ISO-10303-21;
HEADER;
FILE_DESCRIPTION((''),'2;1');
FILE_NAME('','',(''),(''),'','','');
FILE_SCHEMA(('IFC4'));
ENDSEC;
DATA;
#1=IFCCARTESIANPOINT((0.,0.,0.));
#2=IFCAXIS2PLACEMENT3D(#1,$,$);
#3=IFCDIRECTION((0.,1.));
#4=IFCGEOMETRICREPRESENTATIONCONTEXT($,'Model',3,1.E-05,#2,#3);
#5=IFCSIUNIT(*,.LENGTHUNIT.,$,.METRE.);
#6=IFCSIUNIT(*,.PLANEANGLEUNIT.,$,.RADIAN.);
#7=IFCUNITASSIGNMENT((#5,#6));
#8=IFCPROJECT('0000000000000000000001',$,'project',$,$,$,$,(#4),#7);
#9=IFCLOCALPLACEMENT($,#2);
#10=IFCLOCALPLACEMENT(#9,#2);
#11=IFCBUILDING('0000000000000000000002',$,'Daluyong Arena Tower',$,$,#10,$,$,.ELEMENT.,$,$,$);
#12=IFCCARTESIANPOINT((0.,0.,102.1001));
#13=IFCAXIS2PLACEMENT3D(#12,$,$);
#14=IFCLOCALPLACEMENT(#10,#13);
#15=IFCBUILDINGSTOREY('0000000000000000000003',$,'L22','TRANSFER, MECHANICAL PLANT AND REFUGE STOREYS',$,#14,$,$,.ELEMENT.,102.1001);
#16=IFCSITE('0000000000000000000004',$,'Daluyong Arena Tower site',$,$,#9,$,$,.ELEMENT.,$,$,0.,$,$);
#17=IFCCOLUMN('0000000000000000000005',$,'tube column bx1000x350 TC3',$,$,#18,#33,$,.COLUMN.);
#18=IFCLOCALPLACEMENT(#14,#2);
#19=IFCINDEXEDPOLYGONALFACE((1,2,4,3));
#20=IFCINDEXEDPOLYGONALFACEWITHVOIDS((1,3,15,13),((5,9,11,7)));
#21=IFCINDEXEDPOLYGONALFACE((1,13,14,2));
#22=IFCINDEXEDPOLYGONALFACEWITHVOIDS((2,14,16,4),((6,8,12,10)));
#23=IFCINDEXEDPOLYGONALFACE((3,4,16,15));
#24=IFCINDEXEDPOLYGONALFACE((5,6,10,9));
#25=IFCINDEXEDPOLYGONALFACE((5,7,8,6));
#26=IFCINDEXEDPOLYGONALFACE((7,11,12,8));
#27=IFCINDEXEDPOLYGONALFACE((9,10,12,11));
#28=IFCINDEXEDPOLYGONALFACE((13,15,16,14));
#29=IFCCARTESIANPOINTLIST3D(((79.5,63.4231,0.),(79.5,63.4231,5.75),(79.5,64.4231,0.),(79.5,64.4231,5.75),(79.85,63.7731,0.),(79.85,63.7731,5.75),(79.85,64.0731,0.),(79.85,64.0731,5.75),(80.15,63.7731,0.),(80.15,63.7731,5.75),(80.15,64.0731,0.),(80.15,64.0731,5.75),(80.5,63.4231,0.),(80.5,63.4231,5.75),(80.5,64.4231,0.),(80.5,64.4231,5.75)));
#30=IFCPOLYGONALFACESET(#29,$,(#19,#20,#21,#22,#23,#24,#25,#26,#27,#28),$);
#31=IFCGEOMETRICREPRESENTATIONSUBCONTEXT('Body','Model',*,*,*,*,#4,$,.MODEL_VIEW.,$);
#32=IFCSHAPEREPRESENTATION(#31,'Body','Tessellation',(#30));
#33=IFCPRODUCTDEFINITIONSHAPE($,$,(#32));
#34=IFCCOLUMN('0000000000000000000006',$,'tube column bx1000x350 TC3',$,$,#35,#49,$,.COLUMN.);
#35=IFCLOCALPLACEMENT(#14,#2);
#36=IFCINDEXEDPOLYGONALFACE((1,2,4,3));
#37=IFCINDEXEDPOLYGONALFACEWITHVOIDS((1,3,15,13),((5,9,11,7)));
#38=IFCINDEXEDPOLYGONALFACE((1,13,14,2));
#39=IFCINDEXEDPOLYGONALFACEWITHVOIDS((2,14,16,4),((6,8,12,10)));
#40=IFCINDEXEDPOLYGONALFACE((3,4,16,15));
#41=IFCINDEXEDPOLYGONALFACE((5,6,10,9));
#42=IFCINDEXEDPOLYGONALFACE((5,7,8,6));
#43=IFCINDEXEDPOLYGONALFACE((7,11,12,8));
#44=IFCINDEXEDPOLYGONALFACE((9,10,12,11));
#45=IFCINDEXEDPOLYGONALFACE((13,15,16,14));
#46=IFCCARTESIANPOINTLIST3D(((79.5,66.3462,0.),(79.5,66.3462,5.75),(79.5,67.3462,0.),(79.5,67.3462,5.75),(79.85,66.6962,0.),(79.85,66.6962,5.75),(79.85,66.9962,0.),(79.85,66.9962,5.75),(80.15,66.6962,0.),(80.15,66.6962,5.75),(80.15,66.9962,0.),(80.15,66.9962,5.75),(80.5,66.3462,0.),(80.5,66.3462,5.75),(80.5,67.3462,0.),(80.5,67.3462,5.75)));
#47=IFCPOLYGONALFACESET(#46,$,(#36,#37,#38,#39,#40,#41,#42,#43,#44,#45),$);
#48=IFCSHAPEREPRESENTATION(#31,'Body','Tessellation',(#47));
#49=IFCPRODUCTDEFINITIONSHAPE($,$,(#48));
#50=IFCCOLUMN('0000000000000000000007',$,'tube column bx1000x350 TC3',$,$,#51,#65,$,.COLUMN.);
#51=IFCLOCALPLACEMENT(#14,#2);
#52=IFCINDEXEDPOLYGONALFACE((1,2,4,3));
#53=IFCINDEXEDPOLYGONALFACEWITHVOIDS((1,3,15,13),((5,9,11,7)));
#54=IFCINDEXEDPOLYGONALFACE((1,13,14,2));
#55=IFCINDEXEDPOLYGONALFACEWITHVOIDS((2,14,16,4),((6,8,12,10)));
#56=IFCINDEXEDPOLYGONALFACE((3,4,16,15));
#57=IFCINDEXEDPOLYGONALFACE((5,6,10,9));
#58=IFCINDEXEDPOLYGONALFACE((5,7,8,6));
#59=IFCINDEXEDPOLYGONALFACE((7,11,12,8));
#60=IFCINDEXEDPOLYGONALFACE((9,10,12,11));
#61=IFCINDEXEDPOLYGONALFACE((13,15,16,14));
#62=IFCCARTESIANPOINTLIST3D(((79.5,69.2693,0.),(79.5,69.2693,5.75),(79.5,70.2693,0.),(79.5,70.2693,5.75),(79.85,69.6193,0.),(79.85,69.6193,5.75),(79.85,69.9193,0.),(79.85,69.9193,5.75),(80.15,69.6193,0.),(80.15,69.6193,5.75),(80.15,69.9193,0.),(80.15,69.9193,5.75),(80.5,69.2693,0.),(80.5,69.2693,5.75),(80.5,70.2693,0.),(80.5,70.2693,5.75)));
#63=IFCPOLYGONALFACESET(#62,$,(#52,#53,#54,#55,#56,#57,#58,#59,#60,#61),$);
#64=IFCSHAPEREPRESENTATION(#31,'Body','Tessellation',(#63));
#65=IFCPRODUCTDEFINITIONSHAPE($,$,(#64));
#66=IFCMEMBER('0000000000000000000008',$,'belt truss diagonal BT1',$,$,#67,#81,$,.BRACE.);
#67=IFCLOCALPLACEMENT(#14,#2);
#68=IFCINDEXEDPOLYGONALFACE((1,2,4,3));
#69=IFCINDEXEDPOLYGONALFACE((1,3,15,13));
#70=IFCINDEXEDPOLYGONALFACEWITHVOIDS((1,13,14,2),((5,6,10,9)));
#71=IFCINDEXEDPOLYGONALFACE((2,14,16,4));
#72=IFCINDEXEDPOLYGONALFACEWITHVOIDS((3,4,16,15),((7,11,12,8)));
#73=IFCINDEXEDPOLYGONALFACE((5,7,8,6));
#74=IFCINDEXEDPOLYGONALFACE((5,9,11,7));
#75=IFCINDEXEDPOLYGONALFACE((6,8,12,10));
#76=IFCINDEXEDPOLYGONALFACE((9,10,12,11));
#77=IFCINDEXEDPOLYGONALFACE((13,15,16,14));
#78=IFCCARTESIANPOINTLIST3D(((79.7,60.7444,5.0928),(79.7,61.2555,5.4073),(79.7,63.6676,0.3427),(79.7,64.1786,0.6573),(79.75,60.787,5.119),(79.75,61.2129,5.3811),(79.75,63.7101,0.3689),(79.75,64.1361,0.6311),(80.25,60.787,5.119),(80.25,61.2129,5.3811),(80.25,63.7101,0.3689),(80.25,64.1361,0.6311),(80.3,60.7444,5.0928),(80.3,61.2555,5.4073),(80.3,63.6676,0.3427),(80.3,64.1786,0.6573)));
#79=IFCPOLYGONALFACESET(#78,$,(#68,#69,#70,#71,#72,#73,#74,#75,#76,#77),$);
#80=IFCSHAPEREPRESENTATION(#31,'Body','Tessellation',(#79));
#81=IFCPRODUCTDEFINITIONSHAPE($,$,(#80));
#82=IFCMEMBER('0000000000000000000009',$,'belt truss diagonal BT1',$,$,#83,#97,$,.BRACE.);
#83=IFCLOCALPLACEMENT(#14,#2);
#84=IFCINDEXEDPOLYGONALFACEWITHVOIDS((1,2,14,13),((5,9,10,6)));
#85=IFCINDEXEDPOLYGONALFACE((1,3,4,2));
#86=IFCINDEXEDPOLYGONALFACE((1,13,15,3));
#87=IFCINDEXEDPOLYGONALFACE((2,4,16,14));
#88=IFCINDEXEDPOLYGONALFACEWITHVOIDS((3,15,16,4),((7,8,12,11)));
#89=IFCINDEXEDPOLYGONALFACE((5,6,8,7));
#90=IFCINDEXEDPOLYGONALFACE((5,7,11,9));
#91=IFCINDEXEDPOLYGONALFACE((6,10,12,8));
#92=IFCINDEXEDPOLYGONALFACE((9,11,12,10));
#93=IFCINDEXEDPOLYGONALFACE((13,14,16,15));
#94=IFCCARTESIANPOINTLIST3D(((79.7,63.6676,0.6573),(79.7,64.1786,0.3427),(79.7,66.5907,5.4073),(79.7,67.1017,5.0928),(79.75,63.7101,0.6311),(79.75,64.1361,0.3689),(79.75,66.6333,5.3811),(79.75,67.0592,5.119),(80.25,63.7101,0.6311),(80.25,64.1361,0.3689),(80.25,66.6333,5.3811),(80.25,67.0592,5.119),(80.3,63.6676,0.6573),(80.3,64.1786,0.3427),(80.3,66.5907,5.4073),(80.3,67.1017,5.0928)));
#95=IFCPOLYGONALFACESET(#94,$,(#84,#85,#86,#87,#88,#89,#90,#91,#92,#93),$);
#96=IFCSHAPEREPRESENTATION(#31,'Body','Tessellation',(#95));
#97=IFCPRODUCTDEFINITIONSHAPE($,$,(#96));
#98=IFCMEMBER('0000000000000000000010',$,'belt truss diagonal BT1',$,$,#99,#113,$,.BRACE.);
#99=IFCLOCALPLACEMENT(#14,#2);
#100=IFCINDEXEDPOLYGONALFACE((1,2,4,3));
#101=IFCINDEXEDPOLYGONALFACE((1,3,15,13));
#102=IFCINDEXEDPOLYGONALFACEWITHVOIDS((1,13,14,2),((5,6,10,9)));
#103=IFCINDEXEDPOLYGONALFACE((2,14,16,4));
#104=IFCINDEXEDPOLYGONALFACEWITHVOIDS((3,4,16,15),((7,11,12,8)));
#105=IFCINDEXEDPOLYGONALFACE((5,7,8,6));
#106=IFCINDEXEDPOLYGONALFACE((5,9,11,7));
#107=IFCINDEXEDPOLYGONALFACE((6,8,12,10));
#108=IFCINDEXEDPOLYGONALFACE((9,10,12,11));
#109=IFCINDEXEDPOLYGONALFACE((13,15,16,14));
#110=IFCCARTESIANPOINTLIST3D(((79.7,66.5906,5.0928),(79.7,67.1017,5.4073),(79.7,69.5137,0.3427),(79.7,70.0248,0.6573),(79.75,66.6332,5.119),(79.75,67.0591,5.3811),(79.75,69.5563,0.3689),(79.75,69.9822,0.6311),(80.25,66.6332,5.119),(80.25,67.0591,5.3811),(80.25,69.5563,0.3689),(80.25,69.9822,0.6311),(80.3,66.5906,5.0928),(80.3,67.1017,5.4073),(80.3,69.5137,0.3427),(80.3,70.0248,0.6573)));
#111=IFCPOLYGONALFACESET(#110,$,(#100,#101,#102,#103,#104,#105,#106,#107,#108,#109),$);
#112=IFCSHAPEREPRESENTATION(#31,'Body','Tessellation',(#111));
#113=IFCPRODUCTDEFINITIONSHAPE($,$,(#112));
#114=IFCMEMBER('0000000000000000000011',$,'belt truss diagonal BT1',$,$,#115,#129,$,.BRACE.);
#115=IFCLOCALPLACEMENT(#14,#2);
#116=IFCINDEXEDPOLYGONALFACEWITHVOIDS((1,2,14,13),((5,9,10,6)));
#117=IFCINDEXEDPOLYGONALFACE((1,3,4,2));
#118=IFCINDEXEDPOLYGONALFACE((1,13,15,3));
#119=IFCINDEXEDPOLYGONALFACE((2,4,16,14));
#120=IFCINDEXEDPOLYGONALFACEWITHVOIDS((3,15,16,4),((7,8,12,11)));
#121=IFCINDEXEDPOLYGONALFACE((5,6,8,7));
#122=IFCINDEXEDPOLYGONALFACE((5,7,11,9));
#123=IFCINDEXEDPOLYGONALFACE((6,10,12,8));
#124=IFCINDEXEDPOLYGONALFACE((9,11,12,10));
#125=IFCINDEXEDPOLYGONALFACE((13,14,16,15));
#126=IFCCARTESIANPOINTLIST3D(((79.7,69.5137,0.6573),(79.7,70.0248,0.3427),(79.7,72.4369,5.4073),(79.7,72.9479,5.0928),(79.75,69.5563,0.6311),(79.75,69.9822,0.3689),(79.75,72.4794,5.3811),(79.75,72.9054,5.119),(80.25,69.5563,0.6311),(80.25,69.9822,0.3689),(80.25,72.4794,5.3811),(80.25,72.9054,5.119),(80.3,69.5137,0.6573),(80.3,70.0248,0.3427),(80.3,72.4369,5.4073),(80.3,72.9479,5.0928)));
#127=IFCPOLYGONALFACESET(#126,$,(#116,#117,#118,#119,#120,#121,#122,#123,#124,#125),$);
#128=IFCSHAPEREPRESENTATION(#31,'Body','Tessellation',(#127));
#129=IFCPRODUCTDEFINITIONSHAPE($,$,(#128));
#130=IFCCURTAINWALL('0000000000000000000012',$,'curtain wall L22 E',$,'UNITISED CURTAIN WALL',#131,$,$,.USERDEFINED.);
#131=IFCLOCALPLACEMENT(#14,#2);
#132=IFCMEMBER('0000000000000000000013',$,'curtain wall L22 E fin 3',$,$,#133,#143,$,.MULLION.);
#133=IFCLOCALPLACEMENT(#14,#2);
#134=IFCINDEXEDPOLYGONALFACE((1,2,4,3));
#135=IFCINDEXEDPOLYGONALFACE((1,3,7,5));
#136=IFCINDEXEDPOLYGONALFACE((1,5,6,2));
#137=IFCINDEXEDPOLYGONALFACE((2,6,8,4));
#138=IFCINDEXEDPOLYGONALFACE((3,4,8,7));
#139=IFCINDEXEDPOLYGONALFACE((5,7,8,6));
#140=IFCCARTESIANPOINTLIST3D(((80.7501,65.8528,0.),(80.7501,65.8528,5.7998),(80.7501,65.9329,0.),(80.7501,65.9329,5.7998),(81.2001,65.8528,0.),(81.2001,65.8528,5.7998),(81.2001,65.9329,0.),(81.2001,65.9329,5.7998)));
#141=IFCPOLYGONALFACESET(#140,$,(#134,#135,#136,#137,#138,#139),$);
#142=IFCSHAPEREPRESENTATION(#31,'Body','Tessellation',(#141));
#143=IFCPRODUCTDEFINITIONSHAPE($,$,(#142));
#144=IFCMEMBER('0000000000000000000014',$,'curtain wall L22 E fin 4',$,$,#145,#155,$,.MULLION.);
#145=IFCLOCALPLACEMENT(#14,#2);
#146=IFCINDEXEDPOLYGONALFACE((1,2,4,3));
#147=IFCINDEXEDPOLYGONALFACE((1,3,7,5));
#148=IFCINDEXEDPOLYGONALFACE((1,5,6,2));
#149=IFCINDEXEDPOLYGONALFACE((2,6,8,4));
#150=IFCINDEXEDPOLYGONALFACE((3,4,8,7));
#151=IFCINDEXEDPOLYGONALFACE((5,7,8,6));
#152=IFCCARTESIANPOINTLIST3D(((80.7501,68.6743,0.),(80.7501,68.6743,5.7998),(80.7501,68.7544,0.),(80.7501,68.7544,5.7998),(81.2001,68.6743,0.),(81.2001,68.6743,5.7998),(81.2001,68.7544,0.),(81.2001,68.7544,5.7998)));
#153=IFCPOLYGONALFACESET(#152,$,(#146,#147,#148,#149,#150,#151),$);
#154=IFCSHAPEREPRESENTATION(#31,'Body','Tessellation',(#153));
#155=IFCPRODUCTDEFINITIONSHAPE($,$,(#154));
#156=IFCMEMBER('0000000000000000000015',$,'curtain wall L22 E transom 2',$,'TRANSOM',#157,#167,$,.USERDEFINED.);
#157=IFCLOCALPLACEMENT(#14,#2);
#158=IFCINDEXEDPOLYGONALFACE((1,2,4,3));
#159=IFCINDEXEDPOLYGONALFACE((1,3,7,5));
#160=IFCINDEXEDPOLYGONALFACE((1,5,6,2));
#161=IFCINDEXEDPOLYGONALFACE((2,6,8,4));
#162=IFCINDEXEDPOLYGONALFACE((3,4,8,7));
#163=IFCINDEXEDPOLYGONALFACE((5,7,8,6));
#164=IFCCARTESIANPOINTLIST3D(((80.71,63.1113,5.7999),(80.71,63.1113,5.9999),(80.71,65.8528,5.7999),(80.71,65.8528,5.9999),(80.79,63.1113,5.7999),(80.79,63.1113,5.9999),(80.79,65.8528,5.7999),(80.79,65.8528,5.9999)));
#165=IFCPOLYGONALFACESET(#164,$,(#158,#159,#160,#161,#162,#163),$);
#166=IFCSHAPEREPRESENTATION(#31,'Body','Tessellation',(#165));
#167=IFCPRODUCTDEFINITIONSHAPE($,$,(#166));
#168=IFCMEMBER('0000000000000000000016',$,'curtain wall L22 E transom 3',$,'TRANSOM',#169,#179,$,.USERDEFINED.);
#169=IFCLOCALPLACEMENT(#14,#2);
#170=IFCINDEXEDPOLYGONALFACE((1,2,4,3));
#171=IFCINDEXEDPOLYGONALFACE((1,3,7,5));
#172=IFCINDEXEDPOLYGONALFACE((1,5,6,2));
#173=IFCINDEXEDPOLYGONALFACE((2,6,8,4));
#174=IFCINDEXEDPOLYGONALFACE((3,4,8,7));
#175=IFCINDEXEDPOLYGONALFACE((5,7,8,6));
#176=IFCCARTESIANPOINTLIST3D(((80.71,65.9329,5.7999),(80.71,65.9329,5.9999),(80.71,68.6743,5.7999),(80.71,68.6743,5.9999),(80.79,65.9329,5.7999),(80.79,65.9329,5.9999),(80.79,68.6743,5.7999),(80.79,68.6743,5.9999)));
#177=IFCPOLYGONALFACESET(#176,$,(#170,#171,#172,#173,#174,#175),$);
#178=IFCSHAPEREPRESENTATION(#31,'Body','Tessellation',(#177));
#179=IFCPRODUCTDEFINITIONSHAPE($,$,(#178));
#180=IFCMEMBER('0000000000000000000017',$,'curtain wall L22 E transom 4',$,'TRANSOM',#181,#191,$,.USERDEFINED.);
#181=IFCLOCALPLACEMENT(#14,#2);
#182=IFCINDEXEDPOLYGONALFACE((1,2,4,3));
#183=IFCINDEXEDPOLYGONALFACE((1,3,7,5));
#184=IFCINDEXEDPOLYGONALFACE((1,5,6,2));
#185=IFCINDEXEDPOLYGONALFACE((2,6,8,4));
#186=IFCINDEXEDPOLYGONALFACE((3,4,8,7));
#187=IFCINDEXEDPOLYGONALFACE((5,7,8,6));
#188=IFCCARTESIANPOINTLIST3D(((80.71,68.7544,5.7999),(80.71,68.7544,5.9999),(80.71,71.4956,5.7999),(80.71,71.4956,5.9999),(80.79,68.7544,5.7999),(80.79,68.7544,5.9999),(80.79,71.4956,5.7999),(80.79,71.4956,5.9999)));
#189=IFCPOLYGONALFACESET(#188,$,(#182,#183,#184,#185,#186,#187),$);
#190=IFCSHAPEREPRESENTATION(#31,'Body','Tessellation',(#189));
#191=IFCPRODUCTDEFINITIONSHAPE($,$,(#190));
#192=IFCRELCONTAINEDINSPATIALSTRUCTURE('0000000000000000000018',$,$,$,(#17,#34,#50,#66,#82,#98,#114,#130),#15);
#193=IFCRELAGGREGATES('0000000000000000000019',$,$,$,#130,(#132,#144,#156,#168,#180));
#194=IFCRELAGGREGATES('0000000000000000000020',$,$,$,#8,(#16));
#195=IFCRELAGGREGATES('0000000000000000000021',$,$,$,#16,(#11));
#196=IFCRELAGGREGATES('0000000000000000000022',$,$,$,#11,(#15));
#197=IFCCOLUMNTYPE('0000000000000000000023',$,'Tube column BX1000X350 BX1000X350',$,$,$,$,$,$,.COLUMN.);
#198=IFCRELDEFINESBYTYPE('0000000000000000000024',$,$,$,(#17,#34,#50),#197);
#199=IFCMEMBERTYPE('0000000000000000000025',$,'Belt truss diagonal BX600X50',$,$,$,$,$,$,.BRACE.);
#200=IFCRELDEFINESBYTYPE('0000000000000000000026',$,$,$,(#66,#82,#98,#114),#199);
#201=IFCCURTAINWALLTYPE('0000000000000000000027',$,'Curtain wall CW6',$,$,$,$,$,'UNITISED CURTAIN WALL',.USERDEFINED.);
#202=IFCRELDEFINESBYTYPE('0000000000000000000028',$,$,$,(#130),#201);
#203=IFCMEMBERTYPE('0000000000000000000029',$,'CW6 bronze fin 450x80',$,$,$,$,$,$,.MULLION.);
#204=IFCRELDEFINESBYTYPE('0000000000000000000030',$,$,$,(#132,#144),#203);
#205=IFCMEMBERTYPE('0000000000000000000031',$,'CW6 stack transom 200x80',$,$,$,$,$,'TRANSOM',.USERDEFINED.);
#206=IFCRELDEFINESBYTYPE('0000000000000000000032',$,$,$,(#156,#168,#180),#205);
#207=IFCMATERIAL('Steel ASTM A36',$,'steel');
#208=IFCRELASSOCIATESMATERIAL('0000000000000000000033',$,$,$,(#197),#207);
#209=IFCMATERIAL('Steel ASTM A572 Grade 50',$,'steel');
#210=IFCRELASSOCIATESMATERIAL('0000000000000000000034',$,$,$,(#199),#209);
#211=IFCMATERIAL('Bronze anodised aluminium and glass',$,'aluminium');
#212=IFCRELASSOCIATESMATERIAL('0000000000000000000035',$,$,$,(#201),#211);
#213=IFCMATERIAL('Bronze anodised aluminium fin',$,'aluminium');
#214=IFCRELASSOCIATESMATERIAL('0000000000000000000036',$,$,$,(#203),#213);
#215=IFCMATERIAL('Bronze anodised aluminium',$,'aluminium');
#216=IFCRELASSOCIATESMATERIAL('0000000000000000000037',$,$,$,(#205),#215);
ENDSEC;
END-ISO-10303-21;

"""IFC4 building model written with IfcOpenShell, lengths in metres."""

from ifc_helpers import new_model, si_unit, direction, frame, origin, origin_2d, place, context, subcontext, project, spatial, rectangle, hollow_rectangle, extrude, material, material_profile, profile_set, type_object, element, aggregate, save


model = new_model("IFC4")

# Units and contexts
model_context = context("Model", 3, precision=1e-05, world=origin(), true_north=direction((0.0, 1.0)))
body_context = subcontext(model_context, "Body", "Model", "MODEL_VIEW")
ifc_project = project(units=[si_unit("LENGTHUNIT", "METRE"), si_unit("PLANEANGLEUNIT", "RADIAN")], contexts=[model_context])

# Site, building, storey
site_placement = place(None, origin())
site = spatial("IfcSite", under=ifc_project, at=site_placement, Name="Daluyong Arena Tower site", CompositionType="ELEMENT", RefElevation=0.0)
building_placement = place(site_placement, origin())
building = spatial("IfcBuilding", under=site, at=building_placement, Name="Daluyong Arena Tower", CompositionType="ELEMENT")
storey_placement = place(building_placement, frame((0.0, 0.0, 102.1001)))
storey = spatial("IfcBuildingStorey", under=building, at=storey_placement, Name="L22", Description="TRANSFER, MECHANICAL PLANT AND REFUGE STOREYS", CompositionType="ELEMENT", Elevation=102.1001)

# Columns
ifc_material_1 = material(Name="Steel ASTM A36", Category="steel")
ifc_material_profile_1 = material_profile(ifc_material_1, hollow_rectangle(XDim=1.0, YDim=1.0, WallThickness=0.35, at=origin_2d()))
ifc_profile_set_1 = profile_set([ifc_material_profile_1], Name="Steel ASTM A36")
column_type = type_object("IfcColumnType", Name="Tube column BX1000X350 BX1000X350", PredefinedType="COLUMN", material=ifc_profile_set_1)
for number, where, z_axis, x_axis, name in (
    (1, (80.0, 63.9231, 0.0), (0.0, 0.0, 1.0), (0.0, 1.0, 0.0), "tube column bx1000x350 TC3"),
    (2, (80.0, 66.8462, 0.0), (0.0, 0.0, 1.0), (0.0, 1.0, 0.0), "tube column bx1000x350 TC3"),
    (3, (80.0, 69.7693, 0.0), (0.0, 0.0, 1.0), (0.0, 1.0, 0.0), "tube column bx1000x350 TC3"),
):
    element("IfcColumn", number, at=place(storey_placement, frame(where, z_axis=z_axis, x_axis=x_axis)), inside=storey, type_object=column_type, Name=name, PredefinedType="COLUMN", context=body_context, shape_type="SweptSolid", body=[
        extrude(hollow_rectangle(XDim=1.0, YDim=1.0, WallThickness=0.35, at=origin_2d()), origin(), (0.0, 0.0, 1.0), 5.75),
    ])

# Members
ifc_material_2 = material(Name="Steel ASTM A572 Grade 50", Category="steel")
ifc_material_profile_2 = material_profile(ifc_material_2, hollow_rectangle(XDim=0.6001, YDim=0.6001, WallThickness=0.05, at=origin_2d()))
ifc_profile_set_2 = profile_set([ifc_material_profile_2], Name="Steel ASTM A572 Grade 50")
member_type_1 = type_object("IfcMemberType", Name="Belt truss diagonal BX600X50", PredefinedType="BRACE", material=ifc_profile_set_2)
for number, where, z_axis, x_axis, name in (
    (4, (80.0, 63.9231, 0.5), (0.0, -0.5241, 0.851657), (1.0, 0.0, 0.0), "belt truss diagonal BT1"),
    (5, (80.0, 63.9231, 0.5), (0.0, 0.5241, 0.851657), (-1.0, 0.0, 0.0), "belt truss diagonal BT1"),
    (6, (80.0, 69.7693, 0.5), (0.0, -0.5241, 0.851657), (1.0, 0.0, 0.0), "belt truss diagonal BT1"),
    (7, (80.0, 69.7693, 0.5), (0.0, 0.5241, 0.851657), (-1.0, 0.0, 0.0), "belt truss diagonal BT1"),
):
    element("IfcMember", number, at=place(storey_placement, frame(where, z_axis=z_axis, x_axis=x_axis)), inside=storey, type_object=member_type_1, Name=name, PredefinedType="BRACE", context=body_context, shape_type="SweptSolid", body=[
        extrude(hollow_rectangle(XDim=0.6001, YDim=0.6001, WallThickness=0.05, at=origin_2d()), origin(), (0.0, 0.0, 1.0), 5.5774),
    ])

# Curtain wall, members
ifc_material_3 = material(Name="Bronze anodised aluminium and glass", Category="aluminium")
curtain_wall_type = type_object("IfcCurtainWallType", Name="Curtain wall CW6", ElementType="UNITISED CURTAIN WALL", PredefinedType="USERDEFINED", material=ifc_material_3)
curtain_wall_placement = place(storey_placement, origin())
curtain_wall = element("IfcCurtainWall", 8, at=curtain_wall_placement, inside=storey, type_object=curtain_wall_type, Name="curtain wall L22 E", ObjectType="UNITISED CURTAIN WALL", PredefinedType="USERDEFINED")
ifc_material_4 = material(Name="Bronze anodised aluminium fin", Category="aluminium")
ifc_material_profile_3 = material_profile(ifc_material_4, rectangle(XDim=0.45, YDim=0.0801, at=origin_2d()))
ifc_profile_set_3 = profile_set([ifc_material_profile_3], Name="Bronze anodised aluminium fin")
member_type_2 = type_object("IfcMemberType", Name="CW6 bronze fin 450x80", PredefinedType="MULLION", material=ifc_profile_set_3)
member_1_placement = place(storey_placement, frame((80.9751, 65.8928, 0.0), z_axis=(0.0, 0.0, 1.0), x_axis=(-1.0, 0.0, 0.0)))
member_1 = element("IfcMember", 9, at=member_1_placement, type_object=member_type_2, Name="curtain wall L22 E fin 3", PredefinedType="MULLION", context=body_context, shape_type="SweptSolid", body=[
    extrude(rectangle(XDim=0.45, YDim=0.0801, at=origin_2d()), origin(), (0.0, 0.0, 1.0), 5.7998),
])
member_2_placement = place(storey_placement, frame((80.9751, 68.7144, 0.0), z_axis=(0.0, 0.0, 1.0), x_axis=(-1.0, 0.0, 0.0)))
member_2 = element("IfcMember", 10, at=member_2_placement, type_object=member_type_2, Name="curtain wall L22 E fin 4", PredefinedType="MULLION", context=body_context, shape_type="SweptSolid", body=[
    extrude(rectangle(XDim=0.45, YDim=0.0801, at=origin_2d()), origin(), (0.0, 0.0, 1.0), 5.7998),
])
ifc_material_5 = material(Name="Bronze anodised aluminium", Category="aluminium")
ifc_material_profile_4 = material_profile(ifc_material_5, rectangle(XDim=0.0801, YDim=0.2, at=origin_2d()))
ifc_profile_set_4 = profile_set([ifc_material_profile_4], Name="Bronze anodised aluminium")
member_type_3 = type_object("IfcMemberType", Name="CW6 stack transom 200x80", ElementType="TRANSOM", PredefinedType="USERDEFINED", material=ifc_profile_set_4)
member_3_placement = place(storey_placement, frame((80.75, 63.1113, 5.8999), z_axis=(0.0, 1.0, 0.0), x_axis=(-1.0, 0.0, 0.0)))
member_3 = element("IfcMember", 11, at=member_3_placement, type_object=member_type_3, Name="curtain wall L22 E transom 2", ObjectType="TRANSOM", PredefinedType="USERDEFINED", context=body_context, shape_type="SweptSolid", body=[
    extrude(rectangle(XDim=0.0801, YDim=0.2, at=origin_2d()), origin(), (0.0, 0.0, 1.0), 2.7415),
])
member_4_placement = place(storey_placement, frame((80.75, 65.9329, 5.8999), z_axis=(0.0, 1.0, 0.0), x_axis=(-1.0, 0.0, 0.0)))
member_4 = element("IfcMember", 12, at=member_4_placement, type_object=member_type_3, Name="curtain wall L22 E transom 3", ObjectType="TRANSOM", PredefinedType="USERDEFINED", context=body_context, shape_type="SweptSolid", body=[
    extrude(rectangle(XDim=0.0801, YDim=0.2, at=origin_2d()), origin(), (0.0, 0.0, 1.0), 2.7415),
])
member_5_placement = place(storey_placement, frame((80.75, 68.7544, 5.8999), z_axis=(0.0, 1.0, 0.0), x_axis=(-1.0, 0.0, 0.0)))
member_5 = element("IfcMember", 13, at=member_5_placement, type_object=member_type_3, Name="curtain wall L22 E transom 4", ObjectType="TRANSOM", PredefinedType="USERDEFINED", context=body_context, shape_type="SweptSolid", body=[
    extrude(rectangle(XDim=0.0801, YDim=0.2, at=origin_2d()), origin(), (0.0, 0.0, 1.0), 2.7412),
])

aggregate(curtain_wall, [member_1, member_2, member_3, member_4, member_5])

save(model, "model.ifc")
